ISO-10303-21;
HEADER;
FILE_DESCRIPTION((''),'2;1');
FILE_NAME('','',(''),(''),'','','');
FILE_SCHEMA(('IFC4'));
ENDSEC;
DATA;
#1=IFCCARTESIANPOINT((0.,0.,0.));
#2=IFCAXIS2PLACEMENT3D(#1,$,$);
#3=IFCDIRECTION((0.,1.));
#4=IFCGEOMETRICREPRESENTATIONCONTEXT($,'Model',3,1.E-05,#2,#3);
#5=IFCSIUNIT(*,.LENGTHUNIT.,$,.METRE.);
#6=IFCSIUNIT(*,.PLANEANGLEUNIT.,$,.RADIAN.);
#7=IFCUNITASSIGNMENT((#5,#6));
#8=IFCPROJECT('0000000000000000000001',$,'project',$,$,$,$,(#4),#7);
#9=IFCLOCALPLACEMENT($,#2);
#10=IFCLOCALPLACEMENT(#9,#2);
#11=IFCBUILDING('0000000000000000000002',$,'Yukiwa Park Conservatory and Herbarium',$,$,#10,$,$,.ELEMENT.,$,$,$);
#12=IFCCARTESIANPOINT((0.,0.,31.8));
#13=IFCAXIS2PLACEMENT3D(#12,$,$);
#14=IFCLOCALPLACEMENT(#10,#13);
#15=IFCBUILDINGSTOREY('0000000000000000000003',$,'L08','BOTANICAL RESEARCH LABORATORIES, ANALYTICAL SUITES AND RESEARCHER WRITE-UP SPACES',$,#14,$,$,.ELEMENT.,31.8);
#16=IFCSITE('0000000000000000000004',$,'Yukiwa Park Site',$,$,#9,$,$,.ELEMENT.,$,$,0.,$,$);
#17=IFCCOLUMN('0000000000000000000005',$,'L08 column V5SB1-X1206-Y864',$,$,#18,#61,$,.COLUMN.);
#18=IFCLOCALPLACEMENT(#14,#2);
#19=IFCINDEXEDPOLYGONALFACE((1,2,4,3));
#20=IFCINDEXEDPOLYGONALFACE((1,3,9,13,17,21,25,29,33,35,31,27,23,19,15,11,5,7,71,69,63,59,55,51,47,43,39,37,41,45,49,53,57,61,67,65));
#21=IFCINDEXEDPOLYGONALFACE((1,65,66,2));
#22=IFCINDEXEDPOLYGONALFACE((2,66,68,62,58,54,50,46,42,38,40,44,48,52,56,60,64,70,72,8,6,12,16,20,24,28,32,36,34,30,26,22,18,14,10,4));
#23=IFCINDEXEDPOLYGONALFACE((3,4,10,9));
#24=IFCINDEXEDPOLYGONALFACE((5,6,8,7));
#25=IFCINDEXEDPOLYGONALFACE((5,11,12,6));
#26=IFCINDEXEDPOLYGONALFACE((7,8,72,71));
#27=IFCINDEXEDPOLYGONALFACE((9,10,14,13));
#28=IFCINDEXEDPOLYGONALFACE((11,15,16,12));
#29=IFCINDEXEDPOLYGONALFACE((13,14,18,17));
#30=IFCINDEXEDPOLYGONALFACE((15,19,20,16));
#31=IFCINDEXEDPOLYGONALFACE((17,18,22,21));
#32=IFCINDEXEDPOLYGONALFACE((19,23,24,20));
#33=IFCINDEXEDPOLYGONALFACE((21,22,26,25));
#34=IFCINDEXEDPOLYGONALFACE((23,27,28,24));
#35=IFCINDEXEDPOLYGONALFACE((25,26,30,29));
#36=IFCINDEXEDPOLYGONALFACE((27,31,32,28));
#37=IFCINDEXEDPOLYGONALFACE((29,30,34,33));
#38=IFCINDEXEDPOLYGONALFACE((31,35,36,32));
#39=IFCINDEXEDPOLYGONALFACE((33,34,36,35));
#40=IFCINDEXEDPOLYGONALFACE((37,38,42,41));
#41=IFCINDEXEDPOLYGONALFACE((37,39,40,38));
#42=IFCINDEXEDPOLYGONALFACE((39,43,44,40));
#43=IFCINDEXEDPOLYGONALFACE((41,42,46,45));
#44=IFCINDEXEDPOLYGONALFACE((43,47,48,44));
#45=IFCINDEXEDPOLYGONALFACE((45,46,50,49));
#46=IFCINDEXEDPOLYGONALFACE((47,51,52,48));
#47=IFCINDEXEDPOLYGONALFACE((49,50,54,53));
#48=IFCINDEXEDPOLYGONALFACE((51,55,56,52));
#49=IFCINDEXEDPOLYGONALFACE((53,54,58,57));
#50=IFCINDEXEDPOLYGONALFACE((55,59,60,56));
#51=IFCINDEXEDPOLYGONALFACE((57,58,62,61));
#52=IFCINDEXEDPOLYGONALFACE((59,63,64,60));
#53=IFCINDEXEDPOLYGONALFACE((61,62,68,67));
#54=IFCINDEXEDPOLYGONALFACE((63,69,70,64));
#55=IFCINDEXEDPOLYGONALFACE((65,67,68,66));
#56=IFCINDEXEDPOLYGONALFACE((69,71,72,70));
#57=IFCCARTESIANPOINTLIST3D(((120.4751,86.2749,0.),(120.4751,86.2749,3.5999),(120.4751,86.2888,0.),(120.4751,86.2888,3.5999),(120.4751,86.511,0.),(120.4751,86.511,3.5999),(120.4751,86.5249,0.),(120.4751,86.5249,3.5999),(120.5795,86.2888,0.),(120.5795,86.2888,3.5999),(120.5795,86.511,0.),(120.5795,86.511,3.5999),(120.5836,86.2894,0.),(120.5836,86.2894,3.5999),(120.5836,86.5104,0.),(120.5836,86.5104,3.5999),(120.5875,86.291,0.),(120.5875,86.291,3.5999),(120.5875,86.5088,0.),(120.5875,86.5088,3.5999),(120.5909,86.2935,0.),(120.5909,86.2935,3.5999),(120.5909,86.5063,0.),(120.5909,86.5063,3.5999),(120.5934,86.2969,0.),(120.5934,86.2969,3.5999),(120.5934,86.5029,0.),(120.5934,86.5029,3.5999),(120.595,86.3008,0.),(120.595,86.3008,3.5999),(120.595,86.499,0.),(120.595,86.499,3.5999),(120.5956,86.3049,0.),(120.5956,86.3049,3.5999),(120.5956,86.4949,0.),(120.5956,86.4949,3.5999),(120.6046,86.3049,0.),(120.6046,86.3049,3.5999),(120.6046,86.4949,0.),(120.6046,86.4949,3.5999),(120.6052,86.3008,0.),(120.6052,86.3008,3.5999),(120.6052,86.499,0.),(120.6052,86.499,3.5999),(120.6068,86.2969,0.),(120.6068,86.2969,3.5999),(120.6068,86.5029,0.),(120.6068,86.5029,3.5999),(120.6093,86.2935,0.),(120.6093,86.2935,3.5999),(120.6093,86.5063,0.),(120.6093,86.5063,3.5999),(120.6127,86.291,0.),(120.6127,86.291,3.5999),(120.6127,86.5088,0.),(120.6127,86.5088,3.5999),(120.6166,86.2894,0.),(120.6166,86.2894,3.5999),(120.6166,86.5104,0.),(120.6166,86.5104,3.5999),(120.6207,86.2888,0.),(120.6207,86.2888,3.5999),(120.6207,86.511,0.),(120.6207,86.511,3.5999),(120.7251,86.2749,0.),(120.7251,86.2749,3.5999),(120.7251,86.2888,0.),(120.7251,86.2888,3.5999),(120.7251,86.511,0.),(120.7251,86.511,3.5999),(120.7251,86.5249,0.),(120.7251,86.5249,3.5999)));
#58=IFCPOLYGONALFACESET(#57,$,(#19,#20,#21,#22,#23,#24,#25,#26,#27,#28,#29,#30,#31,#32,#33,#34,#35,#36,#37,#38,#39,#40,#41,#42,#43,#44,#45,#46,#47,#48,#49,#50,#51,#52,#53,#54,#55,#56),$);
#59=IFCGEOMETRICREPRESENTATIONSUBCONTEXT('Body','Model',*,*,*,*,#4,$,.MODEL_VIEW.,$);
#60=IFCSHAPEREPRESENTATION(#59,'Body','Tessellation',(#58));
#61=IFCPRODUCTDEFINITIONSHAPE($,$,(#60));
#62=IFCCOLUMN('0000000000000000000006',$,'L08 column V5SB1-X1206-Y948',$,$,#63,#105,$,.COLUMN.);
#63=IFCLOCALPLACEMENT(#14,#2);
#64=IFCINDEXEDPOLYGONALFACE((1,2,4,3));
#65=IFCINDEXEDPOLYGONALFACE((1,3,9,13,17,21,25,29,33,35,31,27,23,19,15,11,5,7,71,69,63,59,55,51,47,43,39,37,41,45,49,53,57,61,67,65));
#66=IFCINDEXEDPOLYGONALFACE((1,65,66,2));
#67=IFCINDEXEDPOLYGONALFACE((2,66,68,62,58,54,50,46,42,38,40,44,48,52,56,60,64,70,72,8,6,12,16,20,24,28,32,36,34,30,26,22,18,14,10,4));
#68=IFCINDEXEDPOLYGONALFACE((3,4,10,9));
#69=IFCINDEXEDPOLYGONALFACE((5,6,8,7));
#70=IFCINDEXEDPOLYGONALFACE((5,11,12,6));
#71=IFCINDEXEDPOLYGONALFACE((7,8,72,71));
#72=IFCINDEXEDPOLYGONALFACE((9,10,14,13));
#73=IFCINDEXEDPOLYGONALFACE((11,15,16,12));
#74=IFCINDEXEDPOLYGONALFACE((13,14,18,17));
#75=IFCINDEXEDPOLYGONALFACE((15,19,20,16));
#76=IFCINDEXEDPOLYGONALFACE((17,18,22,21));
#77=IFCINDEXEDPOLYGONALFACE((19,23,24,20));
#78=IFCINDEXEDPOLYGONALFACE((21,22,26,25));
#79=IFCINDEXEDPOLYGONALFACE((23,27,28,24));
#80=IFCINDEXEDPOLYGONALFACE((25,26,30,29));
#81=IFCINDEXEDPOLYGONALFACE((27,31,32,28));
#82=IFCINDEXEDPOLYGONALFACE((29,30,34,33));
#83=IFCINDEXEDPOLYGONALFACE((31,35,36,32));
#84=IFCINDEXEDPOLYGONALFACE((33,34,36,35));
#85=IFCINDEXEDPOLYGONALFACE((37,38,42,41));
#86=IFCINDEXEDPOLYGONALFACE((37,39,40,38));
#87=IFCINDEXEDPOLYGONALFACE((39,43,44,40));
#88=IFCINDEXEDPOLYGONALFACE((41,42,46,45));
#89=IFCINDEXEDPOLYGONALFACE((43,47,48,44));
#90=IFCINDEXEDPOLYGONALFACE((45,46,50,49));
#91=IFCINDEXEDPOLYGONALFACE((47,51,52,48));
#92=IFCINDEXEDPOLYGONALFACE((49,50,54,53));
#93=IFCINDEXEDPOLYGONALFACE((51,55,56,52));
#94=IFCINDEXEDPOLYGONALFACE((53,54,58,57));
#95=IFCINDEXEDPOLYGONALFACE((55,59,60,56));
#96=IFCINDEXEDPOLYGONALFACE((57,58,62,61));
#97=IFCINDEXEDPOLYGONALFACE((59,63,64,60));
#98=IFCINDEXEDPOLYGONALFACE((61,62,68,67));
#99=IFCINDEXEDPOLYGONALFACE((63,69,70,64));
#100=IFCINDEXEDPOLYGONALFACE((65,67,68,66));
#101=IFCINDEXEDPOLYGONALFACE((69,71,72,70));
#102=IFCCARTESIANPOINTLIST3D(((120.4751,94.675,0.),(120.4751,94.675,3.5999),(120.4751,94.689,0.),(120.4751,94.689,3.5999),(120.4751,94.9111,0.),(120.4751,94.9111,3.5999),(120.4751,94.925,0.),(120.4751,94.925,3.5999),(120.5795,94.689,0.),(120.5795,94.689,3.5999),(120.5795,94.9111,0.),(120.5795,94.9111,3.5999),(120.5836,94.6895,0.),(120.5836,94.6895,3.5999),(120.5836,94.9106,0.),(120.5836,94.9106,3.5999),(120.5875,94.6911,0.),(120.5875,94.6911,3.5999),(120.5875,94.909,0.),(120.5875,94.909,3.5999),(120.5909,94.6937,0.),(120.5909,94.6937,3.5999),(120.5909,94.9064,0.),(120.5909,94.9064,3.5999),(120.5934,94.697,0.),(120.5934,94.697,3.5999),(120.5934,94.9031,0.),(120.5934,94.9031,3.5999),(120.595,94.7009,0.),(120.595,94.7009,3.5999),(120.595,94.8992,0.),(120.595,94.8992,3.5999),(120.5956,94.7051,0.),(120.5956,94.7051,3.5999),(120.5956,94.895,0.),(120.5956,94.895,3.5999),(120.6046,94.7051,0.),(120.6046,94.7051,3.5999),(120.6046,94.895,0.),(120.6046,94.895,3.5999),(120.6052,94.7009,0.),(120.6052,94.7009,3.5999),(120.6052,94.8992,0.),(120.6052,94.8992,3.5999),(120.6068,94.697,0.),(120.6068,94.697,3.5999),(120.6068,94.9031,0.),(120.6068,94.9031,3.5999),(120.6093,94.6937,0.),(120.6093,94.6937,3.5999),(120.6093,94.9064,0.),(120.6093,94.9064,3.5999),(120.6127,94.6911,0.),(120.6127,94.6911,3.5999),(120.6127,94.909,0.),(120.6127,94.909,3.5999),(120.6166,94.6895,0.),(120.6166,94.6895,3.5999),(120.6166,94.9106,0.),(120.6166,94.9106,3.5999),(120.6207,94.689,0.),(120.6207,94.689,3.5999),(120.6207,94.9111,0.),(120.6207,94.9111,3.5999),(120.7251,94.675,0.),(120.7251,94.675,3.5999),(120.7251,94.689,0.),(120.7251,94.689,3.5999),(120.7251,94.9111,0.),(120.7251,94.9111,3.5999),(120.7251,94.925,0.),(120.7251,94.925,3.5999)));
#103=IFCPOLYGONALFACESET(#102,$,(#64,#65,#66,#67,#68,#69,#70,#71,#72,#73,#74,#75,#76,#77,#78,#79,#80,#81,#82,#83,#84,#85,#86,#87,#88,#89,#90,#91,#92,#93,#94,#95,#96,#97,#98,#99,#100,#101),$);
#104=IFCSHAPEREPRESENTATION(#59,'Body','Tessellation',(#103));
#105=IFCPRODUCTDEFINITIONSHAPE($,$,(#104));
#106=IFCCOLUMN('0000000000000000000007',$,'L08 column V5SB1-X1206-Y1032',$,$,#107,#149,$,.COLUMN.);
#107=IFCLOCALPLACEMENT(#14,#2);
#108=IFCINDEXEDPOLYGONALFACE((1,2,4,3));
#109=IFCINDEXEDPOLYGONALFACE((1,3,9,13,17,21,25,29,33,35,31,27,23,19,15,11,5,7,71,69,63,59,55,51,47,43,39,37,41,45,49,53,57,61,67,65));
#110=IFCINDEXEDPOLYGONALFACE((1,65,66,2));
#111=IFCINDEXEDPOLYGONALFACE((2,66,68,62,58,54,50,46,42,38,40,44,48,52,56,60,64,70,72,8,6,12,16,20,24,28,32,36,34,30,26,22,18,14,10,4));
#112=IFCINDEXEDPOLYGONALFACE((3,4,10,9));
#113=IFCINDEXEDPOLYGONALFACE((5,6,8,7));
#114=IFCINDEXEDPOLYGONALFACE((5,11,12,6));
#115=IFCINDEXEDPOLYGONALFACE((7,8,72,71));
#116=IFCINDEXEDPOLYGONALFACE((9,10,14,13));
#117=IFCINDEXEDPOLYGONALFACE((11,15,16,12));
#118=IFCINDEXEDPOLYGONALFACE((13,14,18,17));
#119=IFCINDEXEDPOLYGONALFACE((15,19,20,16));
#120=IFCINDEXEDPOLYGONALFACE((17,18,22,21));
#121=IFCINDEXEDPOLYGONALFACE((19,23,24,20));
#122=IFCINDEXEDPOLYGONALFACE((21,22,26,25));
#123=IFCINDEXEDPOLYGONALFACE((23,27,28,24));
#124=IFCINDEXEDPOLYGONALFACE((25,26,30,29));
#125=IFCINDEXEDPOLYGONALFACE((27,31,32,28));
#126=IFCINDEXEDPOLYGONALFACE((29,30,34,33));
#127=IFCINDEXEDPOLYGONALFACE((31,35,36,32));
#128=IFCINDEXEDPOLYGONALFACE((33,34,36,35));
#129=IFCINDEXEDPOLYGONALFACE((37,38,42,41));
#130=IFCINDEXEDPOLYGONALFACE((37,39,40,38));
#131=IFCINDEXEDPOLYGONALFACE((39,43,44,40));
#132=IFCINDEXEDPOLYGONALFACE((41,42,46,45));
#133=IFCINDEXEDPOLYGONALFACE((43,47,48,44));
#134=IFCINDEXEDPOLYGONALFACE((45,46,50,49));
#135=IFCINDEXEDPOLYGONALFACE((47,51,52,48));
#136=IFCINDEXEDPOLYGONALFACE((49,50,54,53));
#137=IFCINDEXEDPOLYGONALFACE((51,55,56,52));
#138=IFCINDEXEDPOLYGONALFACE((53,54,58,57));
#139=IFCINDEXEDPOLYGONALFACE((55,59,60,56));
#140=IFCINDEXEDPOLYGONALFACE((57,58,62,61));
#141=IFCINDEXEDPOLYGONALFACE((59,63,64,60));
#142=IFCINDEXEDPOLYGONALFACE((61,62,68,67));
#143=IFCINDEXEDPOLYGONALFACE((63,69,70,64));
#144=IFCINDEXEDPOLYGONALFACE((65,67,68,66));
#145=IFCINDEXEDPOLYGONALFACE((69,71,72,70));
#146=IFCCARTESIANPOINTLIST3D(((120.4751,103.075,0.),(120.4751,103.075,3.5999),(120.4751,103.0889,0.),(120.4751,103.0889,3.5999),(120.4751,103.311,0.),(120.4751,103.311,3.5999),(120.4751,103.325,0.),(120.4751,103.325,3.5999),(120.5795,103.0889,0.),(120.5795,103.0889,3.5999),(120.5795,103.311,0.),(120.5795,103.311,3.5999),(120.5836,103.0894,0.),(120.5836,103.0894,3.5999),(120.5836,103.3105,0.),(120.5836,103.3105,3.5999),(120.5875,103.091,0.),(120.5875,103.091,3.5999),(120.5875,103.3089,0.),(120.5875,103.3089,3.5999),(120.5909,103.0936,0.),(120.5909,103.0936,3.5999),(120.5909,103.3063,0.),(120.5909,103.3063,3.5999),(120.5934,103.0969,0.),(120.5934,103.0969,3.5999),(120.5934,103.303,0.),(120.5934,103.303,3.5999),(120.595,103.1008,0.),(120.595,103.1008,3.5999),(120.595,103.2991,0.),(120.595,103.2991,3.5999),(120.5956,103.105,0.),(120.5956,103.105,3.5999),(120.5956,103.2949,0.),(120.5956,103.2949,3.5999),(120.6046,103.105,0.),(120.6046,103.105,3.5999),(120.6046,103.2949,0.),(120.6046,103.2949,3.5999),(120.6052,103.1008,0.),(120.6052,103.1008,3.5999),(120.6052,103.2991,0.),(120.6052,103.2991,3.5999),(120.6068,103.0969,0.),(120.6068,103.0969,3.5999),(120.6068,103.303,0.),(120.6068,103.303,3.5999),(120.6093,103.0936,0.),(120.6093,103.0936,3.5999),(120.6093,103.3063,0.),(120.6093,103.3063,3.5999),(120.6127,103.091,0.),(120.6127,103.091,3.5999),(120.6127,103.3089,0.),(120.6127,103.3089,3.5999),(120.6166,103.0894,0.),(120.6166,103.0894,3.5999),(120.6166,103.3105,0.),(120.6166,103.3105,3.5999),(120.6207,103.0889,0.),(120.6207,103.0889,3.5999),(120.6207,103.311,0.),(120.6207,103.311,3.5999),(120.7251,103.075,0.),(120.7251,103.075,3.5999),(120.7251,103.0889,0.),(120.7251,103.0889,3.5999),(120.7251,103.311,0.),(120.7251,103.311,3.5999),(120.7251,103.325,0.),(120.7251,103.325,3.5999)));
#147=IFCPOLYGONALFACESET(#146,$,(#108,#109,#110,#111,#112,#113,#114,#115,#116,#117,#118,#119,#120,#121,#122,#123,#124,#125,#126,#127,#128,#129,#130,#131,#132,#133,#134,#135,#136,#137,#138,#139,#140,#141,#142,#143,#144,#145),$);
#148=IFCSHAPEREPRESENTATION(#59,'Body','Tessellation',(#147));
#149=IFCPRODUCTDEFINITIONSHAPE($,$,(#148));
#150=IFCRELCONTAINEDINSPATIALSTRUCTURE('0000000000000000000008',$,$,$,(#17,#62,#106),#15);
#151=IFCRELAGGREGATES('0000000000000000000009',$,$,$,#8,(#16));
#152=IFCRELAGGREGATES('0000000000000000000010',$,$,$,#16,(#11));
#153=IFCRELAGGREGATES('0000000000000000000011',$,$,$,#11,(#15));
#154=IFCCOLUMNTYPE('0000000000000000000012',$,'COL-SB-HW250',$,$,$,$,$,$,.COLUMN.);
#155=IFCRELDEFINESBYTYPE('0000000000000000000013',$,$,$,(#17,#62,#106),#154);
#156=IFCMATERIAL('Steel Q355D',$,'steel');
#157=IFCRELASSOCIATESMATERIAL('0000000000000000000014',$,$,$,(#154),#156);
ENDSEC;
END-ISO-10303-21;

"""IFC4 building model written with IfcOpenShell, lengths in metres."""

from ifc_helpers import new_model, si_unit, direction, frame, origin, origin_2d, place, context, subcontext, project, spatial, i_section, extrude, material, material_profile, profile_set, type_object, element, save


model = new_model("IFC4")

# Units and contexts
model_context = context("Model", 3, precision=1e-05, world=origin(), true_north=direction((0.0, 1.0)))
body_context = subcontext(model_context, "Body", "Model", "MODEL_VIEW")
ifc_project = project(units=[si_unit("LENGTHUNIT", "METRE"), si_unit("PLANEANGLEUNIT", "RADIAN")], contexts=[model_context])

# Site, building, storey
site_placement = place(None, origin())
site = spatial("IfcSite", under=ifc_project, at=site_placement, Name="Yukiwa Park Site", CompositionType="ELEMENT", RefElevation=0.0)
building_placement = place(site_placement, origin())
building = spatial("IfcBuilding", under=site, at=building_placement, Name="Yukiwa Park Conservatory and Herbarium", CompositionType="ELEMENT")
storey_placement = place(building_placement, frame((0.0, 0.0, 31.8)))
storey = spatial("IfcBuildingStorey", under=building, at=storey_placement, Name="L08", Description="BOTANICAL RESEARCH LABORATORIES, ANALYTICAL SUITES AND RESEARCHER WRITE-UP SPACES", CompositionType="ELEMENT", Elevation=31.8)

# Columns
ifc_material_1 = material(Name="Steel Q355D", Category="steel")
ifc_material_profile_1 = material_profile(ifc_material_1, i_section(OverallWidth=0.25, OverallDepth=0.25, WebThickness=0.009, FlangeThickness=0.0139, FilletRadius=0.0161, at=origin_2d()), Name="HW 250x250x9x14")
ifc_profile_set_1 = profile_set([ifc_material_profile_1], Name="Steel Q355D")
column_type_1 = type_object("IfcColumnType", Name="COL-SB-HW250", PredefinedType="COLUMN", material=ifc_profile_set_1)
for number, where, z_axis, x_axis, name in (
    (1, (120.6001, 86.3999, 0.0), (0.0, 0.0, 1.0), (1.0, 0.0, 0.0), "L08 column V5SB1-X1206-Y864"),
    (2, (120.6001, 94.8, 0.0), (0.0, 0.0, 1.0), (1.0, 0.0, 0.0), "L08 column V5SB1-X1206-Y948"),
    (3, (120.6001, 103.2, 0.0), (0.0, 0.0, 1.0), (1.0, 0.0, 0.0), "L08 column V5SB1-X1206-Y1032"),
):
    element("IfcColumn", number, at=place(storey_placement, frame(where, z_axis=z_axis, x_axis=x_axis)), inside=storey, type_object=column_type_1, Name=name, PredefinedType="COLUMN", context=body_context, shape_type="SweptSolid", body=[
        extrude(i_section(OverallWidth=0.25, OverallDepth=0.25, WebThickness=0.009, FlangeThickness=0.0139, FilletRadius=0.0161, at=origin_2d()), origin(), (0.0, 0.0, 1.0), 3.5999),
    ])

save(model, "model.ifc")
